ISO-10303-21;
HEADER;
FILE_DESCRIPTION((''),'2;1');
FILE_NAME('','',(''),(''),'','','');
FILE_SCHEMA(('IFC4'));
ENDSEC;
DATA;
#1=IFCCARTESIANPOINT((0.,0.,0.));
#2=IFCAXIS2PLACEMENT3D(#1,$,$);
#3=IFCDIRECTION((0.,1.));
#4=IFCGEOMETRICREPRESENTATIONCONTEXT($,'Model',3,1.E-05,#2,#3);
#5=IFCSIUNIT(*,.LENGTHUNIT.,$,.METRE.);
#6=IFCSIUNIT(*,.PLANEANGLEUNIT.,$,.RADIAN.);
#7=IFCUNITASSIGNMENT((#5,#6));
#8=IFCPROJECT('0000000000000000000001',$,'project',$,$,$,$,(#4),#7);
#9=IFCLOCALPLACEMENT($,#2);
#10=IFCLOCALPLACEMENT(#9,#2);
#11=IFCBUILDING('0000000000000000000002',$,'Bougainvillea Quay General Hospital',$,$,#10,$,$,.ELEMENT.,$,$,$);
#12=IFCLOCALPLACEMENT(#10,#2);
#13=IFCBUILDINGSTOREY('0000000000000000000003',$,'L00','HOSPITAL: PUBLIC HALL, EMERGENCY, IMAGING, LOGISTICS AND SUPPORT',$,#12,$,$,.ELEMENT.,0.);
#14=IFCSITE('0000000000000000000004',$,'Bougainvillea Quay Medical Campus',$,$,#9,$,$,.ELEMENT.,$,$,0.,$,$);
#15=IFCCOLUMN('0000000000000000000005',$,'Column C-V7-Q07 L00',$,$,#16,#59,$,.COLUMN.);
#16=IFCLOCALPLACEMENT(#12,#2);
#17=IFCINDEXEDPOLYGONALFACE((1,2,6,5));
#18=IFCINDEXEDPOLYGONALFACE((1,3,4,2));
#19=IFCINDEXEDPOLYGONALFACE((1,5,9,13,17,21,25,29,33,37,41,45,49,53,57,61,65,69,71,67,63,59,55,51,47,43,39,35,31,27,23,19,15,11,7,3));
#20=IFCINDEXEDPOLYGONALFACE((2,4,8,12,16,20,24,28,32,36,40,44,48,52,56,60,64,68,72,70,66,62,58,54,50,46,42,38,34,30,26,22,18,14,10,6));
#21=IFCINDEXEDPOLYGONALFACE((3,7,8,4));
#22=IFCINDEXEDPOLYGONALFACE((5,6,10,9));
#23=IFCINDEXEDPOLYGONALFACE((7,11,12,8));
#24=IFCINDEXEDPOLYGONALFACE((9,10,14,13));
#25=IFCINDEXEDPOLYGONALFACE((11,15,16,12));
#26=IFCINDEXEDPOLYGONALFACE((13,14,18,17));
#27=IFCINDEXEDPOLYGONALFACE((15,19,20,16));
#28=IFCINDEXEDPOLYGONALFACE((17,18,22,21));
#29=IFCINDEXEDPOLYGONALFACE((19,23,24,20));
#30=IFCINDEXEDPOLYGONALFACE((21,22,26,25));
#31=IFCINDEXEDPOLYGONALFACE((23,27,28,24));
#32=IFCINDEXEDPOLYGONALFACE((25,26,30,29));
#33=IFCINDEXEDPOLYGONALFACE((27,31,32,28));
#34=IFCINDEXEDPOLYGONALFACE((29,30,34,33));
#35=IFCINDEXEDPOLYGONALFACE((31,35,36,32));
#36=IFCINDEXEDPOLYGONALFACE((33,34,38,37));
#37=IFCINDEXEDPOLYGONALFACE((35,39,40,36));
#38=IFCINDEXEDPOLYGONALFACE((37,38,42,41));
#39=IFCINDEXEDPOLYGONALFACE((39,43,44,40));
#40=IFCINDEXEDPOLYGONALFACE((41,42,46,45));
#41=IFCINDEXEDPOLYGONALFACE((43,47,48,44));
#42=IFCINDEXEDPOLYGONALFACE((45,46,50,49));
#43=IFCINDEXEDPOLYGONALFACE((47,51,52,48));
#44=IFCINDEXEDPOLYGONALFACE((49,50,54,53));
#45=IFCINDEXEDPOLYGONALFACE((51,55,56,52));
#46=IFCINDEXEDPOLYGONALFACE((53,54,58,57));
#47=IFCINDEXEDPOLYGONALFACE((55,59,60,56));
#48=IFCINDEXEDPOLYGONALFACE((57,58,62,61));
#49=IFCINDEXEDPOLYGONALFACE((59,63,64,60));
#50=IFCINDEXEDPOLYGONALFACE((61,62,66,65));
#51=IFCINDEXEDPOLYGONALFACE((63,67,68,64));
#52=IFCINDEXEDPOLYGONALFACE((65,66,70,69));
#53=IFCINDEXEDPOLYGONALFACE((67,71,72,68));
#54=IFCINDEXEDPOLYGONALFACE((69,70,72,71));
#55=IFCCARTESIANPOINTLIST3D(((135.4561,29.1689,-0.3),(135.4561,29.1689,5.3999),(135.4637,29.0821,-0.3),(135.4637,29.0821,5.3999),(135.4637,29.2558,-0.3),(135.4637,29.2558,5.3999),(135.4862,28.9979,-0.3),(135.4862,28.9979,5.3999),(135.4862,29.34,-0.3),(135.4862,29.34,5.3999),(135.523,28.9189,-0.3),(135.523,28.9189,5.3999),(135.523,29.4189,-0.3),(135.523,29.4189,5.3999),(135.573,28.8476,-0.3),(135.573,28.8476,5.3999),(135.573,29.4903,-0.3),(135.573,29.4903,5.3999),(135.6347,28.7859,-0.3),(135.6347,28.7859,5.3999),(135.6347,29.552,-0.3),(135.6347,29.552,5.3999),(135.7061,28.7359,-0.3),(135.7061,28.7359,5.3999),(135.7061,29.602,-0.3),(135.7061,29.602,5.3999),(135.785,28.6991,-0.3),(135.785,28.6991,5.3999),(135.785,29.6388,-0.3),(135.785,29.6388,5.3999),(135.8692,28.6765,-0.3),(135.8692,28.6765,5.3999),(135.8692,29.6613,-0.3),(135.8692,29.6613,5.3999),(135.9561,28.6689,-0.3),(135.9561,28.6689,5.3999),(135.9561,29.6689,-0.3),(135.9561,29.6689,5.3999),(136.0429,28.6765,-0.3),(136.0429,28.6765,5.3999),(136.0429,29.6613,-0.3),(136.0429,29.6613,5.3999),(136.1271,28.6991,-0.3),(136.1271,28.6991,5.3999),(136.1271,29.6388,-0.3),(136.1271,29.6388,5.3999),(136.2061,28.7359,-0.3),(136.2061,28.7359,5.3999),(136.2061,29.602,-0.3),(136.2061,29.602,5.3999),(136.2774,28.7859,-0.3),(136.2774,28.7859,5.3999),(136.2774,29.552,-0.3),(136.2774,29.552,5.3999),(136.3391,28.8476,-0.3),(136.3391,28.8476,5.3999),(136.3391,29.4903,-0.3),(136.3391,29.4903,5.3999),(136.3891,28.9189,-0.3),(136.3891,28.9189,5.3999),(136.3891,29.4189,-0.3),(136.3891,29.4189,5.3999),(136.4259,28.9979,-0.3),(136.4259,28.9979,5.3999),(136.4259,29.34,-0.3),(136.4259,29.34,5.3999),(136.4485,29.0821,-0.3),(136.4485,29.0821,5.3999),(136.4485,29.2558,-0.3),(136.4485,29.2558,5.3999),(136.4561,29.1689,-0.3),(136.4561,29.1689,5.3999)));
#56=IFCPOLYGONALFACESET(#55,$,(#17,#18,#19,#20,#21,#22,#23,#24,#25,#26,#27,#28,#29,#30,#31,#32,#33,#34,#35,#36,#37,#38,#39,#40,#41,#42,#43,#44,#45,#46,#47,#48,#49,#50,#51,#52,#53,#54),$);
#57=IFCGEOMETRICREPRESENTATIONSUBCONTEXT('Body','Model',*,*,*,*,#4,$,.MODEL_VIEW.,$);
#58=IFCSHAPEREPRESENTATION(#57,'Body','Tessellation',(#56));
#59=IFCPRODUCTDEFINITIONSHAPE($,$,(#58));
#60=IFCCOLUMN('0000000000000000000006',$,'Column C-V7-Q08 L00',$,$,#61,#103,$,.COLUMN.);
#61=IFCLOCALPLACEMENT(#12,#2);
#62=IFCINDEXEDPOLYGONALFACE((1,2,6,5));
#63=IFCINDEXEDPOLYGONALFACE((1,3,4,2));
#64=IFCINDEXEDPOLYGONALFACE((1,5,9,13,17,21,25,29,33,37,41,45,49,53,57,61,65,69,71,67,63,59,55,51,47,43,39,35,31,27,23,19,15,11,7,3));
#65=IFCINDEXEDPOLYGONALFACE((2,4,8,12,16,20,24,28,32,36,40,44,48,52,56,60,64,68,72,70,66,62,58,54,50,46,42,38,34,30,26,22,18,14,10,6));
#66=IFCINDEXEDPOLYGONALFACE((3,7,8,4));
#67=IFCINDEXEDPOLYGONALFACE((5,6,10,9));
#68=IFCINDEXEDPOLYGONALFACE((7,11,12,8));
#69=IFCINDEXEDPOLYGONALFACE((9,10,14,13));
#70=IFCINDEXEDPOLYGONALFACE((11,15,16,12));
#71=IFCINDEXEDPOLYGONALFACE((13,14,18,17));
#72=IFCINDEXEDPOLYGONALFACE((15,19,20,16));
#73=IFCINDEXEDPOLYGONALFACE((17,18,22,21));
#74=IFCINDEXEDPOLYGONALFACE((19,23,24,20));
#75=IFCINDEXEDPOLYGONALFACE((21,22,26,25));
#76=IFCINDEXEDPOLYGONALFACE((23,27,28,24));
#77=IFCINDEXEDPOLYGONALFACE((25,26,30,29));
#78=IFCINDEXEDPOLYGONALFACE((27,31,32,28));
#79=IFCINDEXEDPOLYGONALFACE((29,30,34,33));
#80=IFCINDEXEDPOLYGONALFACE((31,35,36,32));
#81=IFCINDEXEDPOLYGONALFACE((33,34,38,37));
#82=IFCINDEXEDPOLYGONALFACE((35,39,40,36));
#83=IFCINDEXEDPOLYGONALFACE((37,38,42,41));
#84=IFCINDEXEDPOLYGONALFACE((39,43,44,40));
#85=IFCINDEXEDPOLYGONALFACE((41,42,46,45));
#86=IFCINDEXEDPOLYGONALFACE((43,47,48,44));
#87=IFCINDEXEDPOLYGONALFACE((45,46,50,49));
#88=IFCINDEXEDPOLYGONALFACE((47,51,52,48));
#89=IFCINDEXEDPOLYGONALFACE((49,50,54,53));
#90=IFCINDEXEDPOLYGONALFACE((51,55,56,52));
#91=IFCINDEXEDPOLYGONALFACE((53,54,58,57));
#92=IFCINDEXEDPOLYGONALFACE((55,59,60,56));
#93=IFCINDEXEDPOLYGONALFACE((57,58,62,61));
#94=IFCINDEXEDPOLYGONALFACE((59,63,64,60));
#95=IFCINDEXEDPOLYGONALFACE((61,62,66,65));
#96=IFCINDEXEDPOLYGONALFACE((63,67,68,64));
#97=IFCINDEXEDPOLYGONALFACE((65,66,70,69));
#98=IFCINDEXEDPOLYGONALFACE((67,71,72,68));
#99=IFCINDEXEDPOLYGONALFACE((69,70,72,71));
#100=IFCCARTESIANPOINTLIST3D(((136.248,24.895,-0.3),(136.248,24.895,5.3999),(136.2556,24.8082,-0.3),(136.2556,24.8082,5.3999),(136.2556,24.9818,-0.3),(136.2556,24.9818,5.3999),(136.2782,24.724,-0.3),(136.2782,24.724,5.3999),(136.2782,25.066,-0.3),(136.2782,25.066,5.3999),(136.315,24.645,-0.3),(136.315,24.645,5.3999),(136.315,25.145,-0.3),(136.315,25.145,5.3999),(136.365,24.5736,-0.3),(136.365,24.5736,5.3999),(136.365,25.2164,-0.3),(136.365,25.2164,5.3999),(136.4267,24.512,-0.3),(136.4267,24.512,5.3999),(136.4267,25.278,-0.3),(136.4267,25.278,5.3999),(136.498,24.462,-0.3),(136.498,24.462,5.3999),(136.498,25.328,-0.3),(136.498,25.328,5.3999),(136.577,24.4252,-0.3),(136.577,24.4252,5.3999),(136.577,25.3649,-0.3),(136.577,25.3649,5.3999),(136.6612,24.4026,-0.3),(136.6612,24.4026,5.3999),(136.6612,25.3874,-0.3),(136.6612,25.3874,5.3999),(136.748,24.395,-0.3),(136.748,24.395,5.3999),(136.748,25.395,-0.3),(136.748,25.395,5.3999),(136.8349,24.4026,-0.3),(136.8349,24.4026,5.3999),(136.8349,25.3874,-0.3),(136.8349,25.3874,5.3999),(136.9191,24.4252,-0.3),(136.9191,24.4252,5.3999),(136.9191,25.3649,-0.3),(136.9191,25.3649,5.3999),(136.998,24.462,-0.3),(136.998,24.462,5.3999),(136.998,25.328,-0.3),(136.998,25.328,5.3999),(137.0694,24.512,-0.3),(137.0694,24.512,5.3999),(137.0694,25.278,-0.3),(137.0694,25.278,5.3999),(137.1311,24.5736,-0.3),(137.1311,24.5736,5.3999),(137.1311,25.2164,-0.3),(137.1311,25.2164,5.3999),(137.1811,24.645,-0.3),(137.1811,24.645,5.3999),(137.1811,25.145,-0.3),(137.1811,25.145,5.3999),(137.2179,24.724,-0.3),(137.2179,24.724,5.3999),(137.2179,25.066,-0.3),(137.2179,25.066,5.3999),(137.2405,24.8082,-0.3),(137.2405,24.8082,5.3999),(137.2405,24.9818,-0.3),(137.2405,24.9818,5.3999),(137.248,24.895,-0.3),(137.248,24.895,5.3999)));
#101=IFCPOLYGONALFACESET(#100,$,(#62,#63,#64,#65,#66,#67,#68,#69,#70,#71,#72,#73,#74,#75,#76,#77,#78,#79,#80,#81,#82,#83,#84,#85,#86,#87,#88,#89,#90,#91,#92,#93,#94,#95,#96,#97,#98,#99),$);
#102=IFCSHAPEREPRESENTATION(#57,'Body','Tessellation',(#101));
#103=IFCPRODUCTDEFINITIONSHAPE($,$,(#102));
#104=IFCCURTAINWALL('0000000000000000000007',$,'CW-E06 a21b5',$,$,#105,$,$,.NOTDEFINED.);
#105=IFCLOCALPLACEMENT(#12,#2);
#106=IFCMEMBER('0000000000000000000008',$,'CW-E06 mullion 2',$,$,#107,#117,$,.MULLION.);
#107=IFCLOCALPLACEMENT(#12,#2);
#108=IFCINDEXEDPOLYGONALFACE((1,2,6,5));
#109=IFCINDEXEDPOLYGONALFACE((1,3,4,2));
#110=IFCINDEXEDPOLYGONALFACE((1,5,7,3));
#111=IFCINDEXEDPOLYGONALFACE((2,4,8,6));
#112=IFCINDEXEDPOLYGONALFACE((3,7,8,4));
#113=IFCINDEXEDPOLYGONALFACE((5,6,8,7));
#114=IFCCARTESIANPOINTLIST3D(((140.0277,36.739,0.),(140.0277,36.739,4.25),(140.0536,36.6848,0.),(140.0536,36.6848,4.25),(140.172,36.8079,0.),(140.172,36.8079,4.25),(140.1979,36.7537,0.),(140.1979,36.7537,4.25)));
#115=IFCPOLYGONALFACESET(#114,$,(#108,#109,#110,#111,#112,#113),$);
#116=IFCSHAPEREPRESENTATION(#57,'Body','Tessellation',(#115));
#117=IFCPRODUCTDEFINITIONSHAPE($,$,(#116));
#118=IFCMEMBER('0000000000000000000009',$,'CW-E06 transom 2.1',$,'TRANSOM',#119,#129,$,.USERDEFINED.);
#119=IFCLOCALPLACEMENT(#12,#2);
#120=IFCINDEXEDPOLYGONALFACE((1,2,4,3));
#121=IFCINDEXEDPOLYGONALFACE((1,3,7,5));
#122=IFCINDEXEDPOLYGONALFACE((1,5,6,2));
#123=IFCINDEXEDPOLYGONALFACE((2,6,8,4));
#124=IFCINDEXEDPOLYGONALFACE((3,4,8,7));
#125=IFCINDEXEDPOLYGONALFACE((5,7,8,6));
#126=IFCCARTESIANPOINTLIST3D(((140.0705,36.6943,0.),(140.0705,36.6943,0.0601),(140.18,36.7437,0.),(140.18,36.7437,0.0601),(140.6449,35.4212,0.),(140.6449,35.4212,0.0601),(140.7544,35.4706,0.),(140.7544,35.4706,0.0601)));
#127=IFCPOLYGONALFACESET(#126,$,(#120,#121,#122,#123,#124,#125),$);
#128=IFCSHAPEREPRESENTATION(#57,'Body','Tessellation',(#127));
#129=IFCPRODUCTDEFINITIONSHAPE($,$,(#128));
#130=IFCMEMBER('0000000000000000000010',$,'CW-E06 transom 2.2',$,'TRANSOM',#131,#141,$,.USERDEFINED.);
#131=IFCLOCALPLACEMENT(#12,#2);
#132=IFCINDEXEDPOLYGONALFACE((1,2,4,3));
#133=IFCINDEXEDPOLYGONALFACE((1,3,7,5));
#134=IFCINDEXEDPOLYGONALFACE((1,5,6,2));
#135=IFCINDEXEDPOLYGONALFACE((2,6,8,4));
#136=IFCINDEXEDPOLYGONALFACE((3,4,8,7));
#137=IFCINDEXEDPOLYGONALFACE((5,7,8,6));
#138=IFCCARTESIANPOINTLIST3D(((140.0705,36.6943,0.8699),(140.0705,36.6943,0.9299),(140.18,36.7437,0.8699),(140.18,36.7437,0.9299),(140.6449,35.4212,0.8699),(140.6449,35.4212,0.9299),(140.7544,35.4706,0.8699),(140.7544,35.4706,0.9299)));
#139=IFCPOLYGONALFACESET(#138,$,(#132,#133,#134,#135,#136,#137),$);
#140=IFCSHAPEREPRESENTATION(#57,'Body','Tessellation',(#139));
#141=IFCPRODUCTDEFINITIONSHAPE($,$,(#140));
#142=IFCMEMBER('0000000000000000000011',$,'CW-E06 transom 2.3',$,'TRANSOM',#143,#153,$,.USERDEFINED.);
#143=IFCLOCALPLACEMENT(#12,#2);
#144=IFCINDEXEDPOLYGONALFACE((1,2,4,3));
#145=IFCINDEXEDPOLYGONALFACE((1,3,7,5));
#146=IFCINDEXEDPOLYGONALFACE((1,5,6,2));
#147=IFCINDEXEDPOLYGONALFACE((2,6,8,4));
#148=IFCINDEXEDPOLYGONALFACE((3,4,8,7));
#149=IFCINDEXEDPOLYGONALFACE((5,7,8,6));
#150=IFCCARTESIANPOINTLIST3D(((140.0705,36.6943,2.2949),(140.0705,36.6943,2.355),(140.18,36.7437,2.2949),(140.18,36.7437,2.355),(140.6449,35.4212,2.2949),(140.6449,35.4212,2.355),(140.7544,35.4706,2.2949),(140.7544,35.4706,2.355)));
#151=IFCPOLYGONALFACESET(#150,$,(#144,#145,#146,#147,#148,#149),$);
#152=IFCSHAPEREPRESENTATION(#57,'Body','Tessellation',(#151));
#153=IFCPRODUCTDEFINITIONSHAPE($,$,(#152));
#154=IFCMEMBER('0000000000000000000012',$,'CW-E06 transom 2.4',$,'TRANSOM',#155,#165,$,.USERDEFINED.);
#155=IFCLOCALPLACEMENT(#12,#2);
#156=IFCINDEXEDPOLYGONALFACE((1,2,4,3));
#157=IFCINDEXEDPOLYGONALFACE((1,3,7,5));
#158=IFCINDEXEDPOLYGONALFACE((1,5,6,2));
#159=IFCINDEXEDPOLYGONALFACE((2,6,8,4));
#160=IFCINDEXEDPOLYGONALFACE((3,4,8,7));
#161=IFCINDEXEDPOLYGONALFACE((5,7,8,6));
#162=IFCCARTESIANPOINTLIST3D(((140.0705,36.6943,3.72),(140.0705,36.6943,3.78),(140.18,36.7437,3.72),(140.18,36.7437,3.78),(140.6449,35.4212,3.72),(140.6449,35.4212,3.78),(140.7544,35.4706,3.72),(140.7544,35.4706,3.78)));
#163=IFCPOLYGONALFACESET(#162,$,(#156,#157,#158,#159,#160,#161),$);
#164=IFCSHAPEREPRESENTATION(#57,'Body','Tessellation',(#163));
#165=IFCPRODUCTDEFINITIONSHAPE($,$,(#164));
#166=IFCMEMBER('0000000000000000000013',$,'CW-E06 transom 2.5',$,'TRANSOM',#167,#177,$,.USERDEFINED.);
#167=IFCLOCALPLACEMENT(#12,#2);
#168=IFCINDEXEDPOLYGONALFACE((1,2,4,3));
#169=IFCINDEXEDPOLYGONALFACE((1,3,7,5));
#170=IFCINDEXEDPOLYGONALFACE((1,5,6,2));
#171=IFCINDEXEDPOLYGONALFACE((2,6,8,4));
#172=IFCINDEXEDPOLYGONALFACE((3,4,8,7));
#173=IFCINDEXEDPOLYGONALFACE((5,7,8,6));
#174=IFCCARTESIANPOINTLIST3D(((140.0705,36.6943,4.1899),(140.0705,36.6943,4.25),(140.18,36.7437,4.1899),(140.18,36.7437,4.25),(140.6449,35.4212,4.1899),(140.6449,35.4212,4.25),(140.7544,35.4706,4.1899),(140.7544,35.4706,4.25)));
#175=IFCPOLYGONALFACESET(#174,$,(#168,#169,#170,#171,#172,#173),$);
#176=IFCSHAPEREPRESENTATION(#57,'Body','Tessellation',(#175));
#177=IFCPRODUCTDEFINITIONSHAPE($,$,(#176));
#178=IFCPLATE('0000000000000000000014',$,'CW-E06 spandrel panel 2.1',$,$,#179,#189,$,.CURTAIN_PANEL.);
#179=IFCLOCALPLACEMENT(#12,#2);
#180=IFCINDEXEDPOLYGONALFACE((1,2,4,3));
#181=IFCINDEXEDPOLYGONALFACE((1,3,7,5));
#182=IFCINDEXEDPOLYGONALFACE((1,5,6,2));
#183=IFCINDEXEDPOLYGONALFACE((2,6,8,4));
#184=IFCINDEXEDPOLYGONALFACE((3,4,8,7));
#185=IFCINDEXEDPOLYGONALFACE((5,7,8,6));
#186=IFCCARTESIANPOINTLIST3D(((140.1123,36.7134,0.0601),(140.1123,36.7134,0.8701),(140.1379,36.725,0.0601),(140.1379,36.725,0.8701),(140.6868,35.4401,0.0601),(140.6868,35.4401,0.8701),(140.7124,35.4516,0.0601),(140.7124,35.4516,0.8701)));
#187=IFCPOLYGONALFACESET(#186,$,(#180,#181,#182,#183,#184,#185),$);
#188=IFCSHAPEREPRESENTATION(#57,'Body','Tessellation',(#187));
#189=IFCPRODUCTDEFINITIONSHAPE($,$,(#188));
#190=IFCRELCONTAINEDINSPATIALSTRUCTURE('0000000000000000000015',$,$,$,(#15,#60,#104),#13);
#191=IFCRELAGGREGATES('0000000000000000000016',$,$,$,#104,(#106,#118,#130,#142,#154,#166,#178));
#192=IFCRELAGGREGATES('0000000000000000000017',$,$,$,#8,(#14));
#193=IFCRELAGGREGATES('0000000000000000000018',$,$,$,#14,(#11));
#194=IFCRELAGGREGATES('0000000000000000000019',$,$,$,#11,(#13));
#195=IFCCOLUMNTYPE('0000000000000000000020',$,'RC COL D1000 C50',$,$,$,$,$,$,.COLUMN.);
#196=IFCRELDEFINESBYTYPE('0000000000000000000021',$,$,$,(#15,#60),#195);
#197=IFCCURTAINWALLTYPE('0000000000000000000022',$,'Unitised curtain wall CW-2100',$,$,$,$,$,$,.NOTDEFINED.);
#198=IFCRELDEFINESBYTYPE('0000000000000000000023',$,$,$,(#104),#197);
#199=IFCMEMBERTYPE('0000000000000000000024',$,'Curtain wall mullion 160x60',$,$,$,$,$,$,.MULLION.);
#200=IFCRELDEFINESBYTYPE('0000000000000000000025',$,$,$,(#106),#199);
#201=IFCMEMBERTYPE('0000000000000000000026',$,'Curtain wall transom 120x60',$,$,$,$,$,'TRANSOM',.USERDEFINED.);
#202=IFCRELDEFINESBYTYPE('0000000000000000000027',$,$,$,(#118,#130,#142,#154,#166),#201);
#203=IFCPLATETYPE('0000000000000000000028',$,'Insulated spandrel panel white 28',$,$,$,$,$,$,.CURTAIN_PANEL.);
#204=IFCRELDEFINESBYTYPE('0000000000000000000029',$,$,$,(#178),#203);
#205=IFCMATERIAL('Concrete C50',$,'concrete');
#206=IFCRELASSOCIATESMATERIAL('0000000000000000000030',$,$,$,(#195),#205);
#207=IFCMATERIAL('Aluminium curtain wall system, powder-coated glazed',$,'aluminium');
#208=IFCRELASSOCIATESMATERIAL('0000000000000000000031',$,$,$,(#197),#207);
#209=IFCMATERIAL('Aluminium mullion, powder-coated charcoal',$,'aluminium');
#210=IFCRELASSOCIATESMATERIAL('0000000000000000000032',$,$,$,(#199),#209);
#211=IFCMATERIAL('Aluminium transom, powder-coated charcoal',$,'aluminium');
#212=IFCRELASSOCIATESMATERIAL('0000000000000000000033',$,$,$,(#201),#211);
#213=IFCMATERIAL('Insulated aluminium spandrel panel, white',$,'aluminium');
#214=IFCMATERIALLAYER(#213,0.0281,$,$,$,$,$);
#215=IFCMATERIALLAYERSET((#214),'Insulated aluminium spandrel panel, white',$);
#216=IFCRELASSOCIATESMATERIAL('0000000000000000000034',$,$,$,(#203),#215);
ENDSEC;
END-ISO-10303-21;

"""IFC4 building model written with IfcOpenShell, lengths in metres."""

from ifc_helpers import new_model, si_unit, direction, frame, origin, origin_2d, place, context, subcontext, project, spatial, rectangle, circle, extrude, material, layer, layer_set, material_profile, profile_set, type_object, element, aggregate, save


model = new_model("IFC4")

# Units and contexts
model_context = context("Model", 3, precision=1e-05, world=origin(), true_north=direction((0.0, 1.0)))
body_context = subcontext(model_context, "Body", "Model", "MODEL_VIEW")
ifc_project = project(units=[si_unit("LENGTHUNIT", "METRE"), si_unit("PLANEANGLEUNIT", "RADIAN")], contexts=[model_context])

# Site, building, storey
site_placement = place(None, origin())
site = spatial("IfcSite", under=ifc_project, at=site_placement, Name="Bougainvillea Quay Medical Campus", CompositionType="ELEMENT", RefElevation=0.0)
building_placement = place(site_placement, origin())
building = spatial("IfcBuilding", under=site, at=building_placement, Name="Bougainvillea Quay General Hospital", CompositionType="ELEMENT")
storey_placement = place(building_placement, origin())
storey = spatial("IfcBuildingStorey", under=building, at=storey_placement, Name="L00", Description="HOSPITAL: PUBLIC HALL, EMERGENCY, IMAGING, LOGISTICS AND SUPPORT", CompositionType="ELEMENT", Elevation=0.0)

# Columns
ifc_material_1 = material(Name="Concrete C50", Category="concrete")
ifc_material_profile_1 = material_profile(ifc_material_1, circle(Radius=0.5, at=origin_2d()))
ifc_profile_set_1 = profile_set([ifc_material_profile_1], Name="Concrete C50")
column_type = type_object("IfcColumnType", Name="RC COL D1000 C50", PredefinedType="COLUMN", material=ifc_profile_set_1)
for number, where, z_axis, x_axis, name in (
    (1, (135.9561, 29.1689, -0.3), (0.0, 0.0, 1.0), (1.0, 0.0, 0.0), "Column C-V7-Q07 L00"),
    (2, (136.748, 24.895, -0.3), (0.0, 0.0, 1.0), (1.0, 0.0, 0.0), "Column C-V7-Q08 L00"),
):
    element("IfcColumn", number, at=place(storey_placement, frame(where, z_axis=z_axis, x_axis=x_axis)), inside=storey, type_object=column_type, Name=name, PredefinedType="COLUMN", context=body_context, shape_type="SweptSolid", body=[
        extrude(circle(Radius=0.5, at=origin_2d()), origin(), (0.0, 0.0, 1.0), 5.7),
    ])

# Curtain wall, members, plate
ifc_material_2 = material(Name="Aluminium curtain wall system, powder-coated glazed", Category="aluminium")
curtain_wall_type = type_object("IfcCurtainWallType", Name="Unitised curtain wall CW-2100", PredefinedType="NOTDEFINED", material=ifc_material_2)
curtain_wall_placement = place(storey_placement, origin())
curtain_wall = element("IfcCurtainWall", 3, at=curtain_wall_placement, inside=storey, type_object=curtain_wall_type, Name="CW-E06 a21b5", PredefinedType="NOTDEFINED")
ifc_material_3 = material(Name="Aluminium mullion, powder-coated charcoal", Category="aluminium")
ifc_material_profile_2 = material_profile(ifc_material_3, rectangle(XDim=0.1599, YDim=0.0601, at=origin_2d()))
ifc_profile_set_2 = profile_set([ifc_material_profile_2], Name="Aluminium mullion, powder-coated charcoal")
member_type_1 = type_object("IfcMemberType", Name="Curtain wall mullion 160x60", PredefinedType="MULLION", material=ifc_profile_set_2)
member_1_placement = place(storey_placement, frame((140.1128, 36.7463, 0.0), z_axis=(0.0, 0.0, 1.0), x_axis=(0.902565, 0.430553, 0.0)))
member_1 = element("IfcMember", 4, at=member_1_placement, type_object=member_type_1, Name="CW-E06 mullion 2", PredefinedType="MULLION", context=body_context, shape_type="SweptSolid", body=[
    extrude(rectangle(XDim=0.1599, YDim=0.0601, at=origin_2d()), origin(), (0.0, 0.0, 1.0), 4.25),
])
ifc_material_4 = material(Name="Aluminium transom, powder-coated charcoal", Category="aluminium")
ifc_material_profile_3 = material_profile(ifc_material_4, rectangle(XDim=0.1201, YDim=0.0601, at=origin_2d()))
ifc_profile_set_3 = profile_set([ifc_material_profile_3], Name="Aluminium transom, powder-coated charcoal")
member_type_2 = type_object("IfcMemberType", Name="Curtain wall transom 120x60", ElementType="TRANSOM", PredefinedType="USERDEFINED", material=ifc_profile_set_3)
member_2_placement = place(storey_placement, frame((140.1252, 36.719, 0.03), z_axis=(0.411273, -0.911512, 0.0), x_axis=(0.911512, 0.411273, 0.0)))
member_2 = element("IfcMember", 5, at=member_2_placement, type_object=member_type_2, Name="CW-E06 transom 2.1", ObjectType="TRANSOM", PredefinedType="USERDEFINED", context=body_context, shape_type="SweptSolid", body=[
    extrude(rectangle(XDim=0.1201, YDim=0.0601, at=origin_2d()), origin(), (0.0, 0.0, 1.0), 1.3967),
])
member_3_placement = place(storey_placement, frame((140.1252, 36.719, 0.8999), z_axis=(0.411273, -0.911512, 0.0), x_axis=(0.911512, 0.411273, 0.0)))
member_3 = element("IfcMember", 6, at=member_3_placement, type_object=member_type_2, Name="CW-E06 transom 2.2", ObjectType="TRANSOM", PredefinedType="USERDEFINED", context=body_context, shape_type="SweptSolid", body=[
    extrude(rectangle(XDim=0.1201, YDim=0.0601, at=origin_2d()), origin(), (0.0, 0.0, 1.0), 1.3967),
])
member_4_placement = place(storey_placement, frame((140.1252, 36.719, 2.325), z_axis=(0.411273, -0.911512, 0.0), x_axis=(0.911512, 0.411273, 0.0)))
member_4 = element("IfcMember", 7, at=member_4_placement, type_object=member_type_2, Name="CW-E06 transom 2.3", ObjectType="TRANSOM", PredefinedType="USERDEFINED", context=body_context, shape_type="SweptSolid", body=[
    extrude(rectangle(XDim=0.1201, YDim=0.0601, at=origin_2d()), origin(), (0.0, 0.0, 1.0), 1.3967),
])
member_5_placement = place(storey_placement, frame((140.1252, 36.719, 3.75), z_axis=(0.411273, -0.911512, 0.0), x_axis=(0.911512, 0.411273, 0.0)))
member_5 = element("IfcMember", 8, at=member_5_placement, type_object=member_type_2, Name="CW-E06 transom 2.4", ObjectType="TRANSOM", PredefinedType="USERDEFINED", context=body_context, shape_type="SweptSolid", body=[
    extrude(rectangle(XDim=0.1201, YDim=0.0601, at=origin_2d()), origin(), (0.0, 0.0, 1.0), 1.3967),
])
member_6_placement = place(storey_placement, frame((140.1252, 36.719, 4.22), z_axis=(0.411273, -0.911512, 0.0), x_axis=(0.911512, 0.411273, 0.0)))
member_6 = element("IfcMember", 9, at=member_6_placement, type_object=member_type_2, Name="CW-E06 transom 2.5", ObjectType="TRANSOM", PredefinedType="USERDEFINED", context=body_context, shape_type="SweptSolid", body=[
    extrude(rectangle(XDim=0.1201, YDim=0.0601, at=origin_2d()), origin(), (0.0, 0.0, 1.0), 1.3967),
])
ifc_material_5 = material(Name="Insulated aluminium spandrel panel, white", Category="aluminium")
ifc_layer_1 = layer(ifc_material_5, 0.0281)
ifc_layer_set_1 = layer_set([ifc_layer_1], Name="Insulated aluminium spandrel panel, white")
plate_type_1 = type_object("IfcPlateType", Name="Insulated spandrel panel white 28", PredefinedType="CURTAIN_PANEL", material=ifc_layer_set_1)
plate_1_placement = place(storey_placement, frame((140.4124, 36.0825, 0.0601), z_axis=(0.0, 0.0, 1.0), x_axis=(0.41126, -0.911518, 0.0)))
plate_1 = element("IfcPlate", 10, at=plate_1_placement, type_object=plate_type_1, Name="CW-E06 spandrel panel 2.1", PredefinedType="CURTAIN_PANEL", context=body_context, shape_type="SweptSolid", body=[
    extrude(rectangle(XDim=1.397, YDim=0.0281, at=origin_2d()), origin(), (0.0, 0.0, 1.0), 0.8101),
])
aggregate(curtain_wall, [member_1, member_2, member_3, member_4, member_5, member_6, plate_1])

save(model, "model.ifc")
